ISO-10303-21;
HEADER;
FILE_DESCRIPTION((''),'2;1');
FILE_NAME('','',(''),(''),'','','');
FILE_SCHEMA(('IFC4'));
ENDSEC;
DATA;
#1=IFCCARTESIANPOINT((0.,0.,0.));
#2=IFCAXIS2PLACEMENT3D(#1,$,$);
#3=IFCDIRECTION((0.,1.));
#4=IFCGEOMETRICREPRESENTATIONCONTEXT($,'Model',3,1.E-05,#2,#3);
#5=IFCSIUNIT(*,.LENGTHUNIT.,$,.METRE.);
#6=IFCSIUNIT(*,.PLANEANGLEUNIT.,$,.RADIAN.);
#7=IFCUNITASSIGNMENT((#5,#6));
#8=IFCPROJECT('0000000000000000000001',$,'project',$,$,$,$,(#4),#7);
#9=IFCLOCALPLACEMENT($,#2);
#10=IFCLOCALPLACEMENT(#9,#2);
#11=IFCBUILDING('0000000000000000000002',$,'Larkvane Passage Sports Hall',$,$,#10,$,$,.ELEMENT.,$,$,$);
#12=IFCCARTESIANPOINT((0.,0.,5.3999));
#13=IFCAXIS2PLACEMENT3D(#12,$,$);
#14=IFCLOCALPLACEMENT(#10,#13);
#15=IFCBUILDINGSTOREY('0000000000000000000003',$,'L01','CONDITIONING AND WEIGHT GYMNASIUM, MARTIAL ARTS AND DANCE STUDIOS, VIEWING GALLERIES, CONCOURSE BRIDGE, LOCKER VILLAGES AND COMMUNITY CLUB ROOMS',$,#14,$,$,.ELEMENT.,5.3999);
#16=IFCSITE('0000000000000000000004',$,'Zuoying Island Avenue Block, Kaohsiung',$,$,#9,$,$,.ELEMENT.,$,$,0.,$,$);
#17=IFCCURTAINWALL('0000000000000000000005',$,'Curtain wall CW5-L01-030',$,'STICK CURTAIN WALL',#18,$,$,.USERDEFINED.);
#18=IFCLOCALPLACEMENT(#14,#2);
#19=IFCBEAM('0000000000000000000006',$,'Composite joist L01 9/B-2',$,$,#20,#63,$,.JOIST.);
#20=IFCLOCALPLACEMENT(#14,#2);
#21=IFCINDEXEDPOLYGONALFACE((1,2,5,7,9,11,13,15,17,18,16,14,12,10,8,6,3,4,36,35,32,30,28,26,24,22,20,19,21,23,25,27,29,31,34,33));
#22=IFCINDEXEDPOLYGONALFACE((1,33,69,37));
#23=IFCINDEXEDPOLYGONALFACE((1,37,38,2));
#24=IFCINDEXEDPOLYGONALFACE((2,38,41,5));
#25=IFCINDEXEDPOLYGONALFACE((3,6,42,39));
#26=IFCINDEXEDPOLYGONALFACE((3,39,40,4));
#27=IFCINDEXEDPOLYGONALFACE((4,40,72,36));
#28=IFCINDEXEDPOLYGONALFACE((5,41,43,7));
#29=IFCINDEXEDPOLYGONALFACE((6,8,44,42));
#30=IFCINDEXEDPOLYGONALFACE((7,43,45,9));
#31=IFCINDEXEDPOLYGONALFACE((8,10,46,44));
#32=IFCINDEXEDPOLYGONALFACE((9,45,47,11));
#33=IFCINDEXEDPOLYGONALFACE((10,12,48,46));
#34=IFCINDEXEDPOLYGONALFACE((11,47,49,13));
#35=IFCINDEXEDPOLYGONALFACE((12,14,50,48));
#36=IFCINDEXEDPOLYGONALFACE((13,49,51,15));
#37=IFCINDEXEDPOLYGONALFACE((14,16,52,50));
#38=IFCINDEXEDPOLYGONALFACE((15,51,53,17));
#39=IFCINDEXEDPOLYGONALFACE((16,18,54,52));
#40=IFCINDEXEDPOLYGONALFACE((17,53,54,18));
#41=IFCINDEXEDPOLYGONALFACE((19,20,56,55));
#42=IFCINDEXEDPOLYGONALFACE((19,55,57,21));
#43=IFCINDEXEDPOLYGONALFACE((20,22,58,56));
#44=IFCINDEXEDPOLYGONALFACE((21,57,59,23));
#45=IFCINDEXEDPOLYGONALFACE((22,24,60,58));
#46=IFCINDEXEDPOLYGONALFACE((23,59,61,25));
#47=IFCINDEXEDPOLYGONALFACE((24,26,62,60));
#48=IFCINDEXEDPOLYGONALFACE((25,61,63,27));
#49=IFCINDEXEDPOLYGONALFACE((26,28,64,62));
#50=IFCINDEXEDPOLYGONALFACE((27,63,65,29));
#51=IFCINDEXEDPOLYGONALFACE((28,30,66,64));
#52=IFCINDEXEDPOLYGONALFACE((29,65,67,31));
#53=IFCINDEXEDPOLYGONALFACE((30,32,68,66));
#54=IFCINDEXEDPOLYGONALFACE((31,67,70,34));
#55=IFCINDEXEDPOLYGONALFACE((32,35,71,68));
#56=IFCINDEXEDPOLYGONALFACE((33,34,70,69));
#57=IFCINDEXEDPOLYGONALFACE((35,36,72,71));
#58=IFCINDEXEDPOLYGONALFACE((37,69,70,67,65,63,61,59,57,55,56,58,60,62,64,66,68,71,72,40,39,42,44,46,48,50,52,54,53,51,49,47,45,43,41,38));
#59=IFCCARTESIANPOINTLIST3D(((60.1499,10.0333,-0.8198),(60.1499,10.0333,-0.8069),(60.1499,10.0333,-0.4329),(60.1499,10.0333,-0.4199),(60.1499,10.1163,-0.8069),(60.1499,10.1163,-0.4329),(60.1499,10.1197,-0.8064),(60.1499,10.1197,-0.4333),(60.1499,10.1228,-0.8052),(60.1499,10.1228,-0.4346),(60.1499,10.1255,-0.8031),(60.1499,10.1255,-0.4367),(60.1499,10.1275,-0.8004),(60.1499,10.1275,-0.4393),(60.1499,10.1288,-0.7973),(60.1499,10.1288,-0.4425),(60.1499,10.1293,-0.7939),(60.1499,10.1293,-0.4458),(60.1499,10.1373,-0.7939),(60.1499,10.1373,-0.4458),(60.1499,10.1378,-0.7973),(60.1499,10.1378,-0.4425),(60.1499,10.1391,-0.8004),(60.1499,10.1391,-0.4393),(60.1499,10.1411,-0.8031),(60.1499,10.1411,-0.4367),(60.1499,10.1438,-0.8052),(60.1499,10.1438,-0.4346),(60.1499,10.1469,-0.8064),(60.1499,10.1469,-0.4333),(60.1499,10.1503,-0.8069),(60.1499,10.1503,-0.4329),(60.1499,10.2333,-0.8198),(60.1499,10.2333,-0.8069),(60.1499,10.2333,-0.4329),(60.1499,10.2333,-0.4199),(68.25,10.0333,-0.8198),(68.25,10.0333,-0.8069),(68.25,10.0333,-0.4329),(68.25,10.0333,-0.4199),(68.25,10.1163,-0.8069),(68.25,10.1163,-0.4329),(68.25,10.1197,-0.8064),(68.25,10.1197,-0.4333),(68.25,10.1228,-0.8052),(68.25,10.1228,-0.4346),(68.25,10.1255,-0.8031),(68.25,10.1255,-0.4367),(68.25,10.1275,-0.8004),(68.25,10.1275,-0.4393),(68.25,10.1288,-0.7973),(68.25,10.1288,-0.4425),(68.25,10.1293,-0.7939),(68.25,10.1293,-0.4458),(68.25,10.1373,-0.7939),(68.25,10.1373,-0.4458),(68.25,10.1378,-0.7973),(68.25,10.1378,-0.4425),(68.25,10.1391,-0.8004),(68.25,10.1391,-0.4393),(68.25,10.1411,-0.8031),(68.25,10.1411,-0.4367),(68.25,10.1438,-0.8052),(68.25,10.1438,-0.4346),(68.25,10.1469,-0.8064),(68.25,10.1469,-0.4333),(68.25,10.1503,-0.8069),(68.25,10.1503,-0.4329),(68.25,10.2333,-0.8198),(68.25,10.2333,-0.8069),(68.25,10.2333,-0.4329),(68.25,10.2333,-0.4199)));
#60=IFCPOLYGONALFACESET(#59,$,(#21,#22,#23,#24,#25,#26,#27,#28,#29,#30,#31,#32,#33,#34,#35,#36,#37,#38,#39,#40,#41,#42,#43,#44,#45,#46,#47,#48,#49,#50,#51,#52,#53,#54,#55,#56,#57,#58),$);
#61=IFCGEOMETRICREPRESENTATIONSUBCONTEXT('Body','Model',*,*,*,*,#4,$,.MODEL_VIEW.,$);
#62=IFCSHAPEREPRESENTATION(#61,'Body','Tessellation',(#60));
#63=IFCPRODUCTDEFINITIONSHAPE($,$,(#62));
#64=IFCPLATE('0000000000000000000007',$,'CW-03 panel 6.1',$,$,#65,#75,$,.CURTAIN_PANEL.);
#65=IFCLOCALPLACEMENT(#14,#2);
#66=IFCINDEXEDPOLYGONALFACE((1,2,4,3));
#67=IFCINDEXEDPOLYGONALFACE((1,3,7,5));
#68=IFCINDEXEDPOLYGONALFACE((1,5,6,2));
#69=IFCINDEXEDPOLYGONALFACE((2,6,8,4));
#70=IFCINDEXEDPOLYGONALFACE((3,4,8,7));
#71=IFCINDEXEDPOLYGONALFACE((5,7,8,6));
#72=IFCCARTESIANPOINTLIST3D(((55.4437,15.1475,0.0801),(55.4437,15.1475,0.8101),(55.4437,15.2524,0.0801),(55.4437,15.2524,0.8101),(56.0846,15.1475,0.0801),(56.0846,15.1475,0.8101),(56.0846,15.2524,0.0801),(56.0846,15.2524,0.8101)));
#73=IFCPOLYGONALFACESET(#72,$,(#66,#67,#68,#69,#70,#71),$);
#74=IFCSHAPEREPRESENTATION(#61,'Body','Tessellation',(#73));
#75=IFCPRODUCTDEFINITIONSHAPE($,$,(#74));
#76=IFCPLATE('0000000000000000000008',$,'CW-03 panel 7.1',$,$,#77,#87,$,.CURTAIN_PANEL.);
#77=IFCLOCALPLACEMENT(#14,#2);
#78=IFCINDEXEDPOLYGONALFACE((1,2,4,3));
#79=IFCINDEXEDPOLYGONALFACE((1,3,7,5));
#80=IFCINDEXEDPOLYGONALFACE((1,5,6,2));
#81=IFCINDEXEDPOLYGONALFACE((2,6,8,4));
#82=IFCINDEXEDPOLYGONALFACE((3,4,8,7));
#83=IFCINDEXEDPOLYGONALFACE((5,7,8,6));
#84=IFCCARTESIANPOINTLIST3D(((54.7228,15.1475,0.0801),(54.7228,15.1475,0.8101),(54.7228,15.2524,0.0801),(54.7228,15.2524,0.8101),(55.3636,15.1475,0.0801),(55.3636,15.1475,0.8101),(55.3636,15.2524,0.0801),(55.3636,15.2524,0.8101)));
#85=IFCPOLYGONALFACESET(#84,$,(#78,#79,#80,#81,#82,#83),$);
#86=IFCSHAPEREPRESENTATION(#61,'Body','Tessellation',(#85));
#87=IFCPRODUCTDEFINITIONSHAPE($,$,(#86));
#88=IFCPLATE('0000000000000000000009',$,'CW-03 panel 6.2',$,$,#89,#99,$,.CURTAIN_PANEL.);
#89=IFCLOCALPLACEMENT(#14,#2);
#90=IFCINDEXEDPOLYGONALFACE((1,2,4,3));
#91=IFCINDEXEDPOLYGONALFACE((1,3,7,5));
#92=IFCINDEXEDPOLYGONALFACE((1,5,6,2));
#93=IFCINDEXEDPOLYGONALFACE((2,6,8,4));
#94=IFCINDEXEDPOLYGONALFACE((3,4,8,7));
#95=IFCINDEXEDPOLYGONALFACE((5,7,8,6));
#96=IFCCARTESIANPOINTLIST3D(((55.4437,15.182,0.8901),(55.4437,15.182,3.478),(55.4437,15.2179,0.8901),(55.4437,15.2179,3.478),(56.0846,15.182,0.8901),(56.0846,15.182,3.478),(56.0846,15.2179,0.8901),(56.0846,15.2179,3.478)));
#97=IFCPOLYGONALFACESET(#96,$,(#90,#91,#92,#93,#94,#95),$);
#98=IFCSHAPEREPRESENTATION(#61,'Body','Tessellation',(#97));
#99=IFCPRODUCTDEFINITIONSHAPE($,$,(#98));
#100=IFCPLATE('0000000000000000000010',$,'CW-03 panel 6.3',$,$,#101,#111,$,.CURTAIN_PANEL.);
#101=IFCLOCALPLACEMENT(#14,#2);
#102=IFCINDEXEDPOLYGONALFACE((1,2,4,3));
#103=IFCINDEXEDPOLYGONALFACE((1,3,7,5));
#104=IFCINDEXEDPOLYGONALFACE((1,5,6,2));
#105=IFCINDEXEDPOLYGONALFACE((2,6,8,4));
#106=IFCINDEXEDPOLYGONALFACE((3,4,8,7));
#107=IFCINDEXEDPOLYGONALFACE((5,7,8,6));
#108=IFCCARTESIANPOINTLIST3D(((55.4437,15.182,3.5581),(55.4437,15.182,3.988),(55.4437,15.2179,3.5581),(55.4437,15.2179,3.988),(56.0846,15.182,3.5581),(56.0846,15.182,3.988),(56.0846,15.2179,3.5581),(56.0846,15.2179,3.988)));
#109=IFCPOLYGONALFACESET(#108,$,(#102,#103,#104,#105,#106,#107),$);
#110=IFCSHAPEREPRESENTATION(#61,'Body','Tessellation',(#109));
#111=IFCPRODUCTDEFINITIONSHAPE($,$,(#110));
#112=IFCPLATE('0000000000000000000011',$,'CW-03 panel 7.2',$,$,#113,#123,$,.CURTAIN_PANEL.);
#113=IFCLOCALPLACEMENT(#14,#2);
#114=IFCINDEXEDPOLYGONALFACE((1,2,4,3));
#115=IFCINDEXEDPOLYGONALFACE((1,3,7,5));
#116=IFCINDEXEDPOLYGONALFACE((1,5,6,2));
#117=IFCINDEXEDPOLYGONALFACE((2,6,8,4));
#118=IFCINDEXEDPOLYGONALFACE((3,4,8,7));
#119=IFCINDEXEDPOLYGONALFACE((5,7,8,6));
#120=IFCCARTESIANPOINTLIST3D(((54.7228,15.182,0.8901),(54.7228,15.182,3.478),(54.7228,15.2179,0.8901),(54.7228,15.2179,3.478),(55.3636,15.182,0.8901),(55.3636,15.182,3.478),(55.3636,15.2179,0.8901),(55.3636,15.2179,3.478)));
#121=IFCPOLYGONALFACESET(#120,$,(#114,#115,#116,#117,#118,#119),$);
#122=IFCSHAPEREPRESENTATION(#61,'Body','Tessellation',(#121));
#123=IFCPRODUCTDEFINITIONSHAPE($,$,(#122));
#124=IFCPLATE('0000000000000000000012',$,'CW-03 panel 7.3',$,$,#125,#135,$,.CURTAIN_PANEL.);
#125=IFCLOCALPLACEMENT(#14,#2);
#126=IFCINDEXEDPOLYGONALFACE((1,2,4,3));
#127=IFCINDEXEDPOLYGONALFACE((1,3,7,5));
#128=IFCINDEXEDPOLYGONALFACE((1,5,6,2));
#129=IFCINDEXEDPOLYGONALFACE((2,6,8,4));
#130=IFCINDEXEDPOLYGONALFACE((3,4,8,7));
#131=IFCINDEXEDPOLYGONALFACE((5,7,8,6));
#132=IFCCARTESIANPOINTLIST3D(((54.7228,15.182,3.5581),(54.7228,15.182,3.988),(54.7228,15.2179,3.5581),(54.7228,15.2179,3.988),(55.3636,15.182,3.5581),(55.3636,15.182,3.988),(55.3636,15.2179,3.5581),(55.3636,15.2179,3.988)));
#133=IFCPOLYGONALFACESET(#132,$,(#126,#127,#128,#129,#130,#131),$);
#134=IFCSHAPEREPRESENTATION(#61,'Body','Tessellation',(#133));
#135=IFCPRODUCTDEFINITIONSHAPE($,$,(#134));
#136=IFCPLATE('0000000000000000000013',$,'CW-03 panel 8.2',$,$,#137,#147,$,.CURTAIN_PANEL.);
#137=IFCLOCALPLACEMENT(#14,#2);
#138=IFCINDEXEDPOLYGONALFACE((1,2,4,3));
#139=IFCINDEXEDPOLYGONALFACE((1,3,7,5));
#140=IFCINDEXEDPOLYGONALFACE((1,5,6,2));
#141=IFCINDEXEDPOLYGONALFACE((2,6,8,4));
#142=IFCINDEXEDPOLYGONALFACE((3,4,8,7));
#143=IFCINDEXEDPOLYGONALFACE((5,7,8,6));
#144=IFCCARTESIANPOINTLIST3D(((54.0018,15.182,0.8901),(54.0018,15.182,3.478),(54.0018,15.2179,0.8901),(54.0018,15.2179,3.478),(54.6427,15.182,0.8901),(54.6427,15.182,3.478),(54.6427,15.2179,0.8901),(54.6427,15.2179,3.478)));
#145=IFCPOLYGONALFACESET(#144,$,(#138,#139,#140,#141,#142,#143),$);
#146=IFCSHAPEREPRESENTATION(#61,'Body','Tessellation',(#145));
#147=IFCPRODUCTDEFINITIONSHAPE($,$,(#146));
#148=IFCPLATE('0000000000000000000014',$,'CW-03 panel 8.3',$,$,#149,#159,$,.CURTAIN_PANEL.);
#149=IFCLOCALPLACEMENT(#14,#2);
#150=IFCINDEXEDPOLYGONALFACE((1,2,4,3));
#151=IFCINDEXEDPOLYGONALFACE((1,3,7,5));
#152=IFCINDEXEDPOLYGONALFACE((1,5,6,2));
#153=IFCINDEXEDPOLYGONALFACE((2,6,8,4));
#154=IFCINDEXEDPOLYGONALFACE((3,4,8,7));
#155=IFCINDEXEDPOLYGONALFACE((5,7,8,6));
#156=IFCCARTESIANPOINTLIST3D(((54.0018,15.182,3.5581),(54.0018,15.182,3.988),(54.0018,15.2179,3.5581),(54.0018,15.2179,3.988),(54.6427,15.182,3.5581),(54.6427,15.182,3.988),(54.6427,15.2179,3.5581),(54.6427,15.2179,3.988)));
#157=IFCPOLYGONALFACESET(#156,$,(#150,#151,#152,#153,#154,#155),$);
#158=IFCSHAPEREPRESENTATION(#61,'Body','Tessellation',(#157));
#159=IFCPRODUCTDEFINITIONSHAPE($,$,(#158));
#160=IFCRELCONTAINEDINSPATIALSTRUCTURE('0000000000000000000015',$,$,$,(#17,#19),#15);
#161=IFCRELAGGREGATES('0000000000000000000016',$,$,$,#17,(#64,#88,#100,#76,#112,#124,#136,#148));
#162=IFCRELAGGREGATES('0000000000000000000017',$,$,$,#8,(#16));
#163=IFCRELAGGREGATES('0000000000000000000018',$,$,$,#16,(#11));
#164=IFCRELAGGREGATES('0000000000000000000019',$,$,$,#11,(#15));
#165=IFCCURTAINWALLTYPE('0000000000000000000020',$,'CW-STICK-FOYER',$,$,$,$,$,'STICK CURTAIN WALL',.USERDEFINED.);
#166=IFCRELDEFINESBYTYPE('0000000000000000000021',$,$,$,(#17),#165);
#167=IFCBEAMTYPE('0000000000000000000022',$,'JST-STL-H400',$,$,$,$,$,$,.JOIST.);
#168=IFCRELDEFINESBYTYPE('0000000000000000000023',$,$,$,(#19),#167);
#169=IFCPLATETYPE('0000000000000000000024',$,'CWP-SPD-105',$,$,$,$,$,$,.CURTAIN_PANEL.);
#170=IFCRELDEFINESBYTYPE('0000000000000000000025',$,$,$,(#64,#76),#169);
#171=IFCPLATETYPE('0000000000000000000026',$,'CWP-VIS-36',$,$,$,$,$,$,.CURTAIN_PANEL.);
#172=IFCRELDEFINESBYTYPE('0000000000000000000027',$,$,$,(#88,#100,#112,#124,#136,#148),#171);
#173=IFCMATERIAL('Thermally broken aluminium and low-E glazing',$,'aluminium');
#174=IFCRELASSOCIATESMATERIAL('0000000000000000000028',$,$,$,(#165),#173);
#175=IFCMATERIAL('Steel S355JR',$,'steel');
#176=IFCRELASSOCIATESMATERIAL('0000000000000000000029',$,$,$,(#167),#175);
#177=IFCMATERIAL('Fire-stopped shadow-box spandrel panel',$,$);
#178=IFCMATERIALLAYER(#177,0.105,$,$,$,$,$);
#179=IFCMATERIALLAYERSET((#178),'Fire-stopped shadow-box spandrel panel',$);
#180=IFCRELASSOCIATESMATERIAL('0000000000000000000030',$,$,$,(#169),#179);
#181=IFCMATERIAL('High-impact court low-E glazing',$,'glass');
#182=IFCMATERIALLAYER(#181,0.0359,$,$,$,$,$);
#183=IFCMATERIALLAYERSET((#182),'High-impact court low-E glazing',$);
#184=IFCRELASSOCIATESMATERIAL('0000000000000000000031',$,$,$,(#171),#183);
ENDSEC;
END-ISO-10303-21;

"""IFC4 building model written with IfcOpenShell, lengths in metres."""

from ifc_helpers import new_model, si_unit, direction, frame, origin, origin_2d, place, context, subcontext, project, spatial, rectangle, i_section, extrude, material, layer, layer_set, material_profile, profile_set, type_object, element, aggregate, save


model = new_model("IFC4")

# Units and contexts
model_context = context("Model", 3, precision=1e-05, world=origin(), true_north=direction((0.0, 1.0)))
body_context = subcontext(model_context, "Body", "Model", "MODEL_VIEW")
ifc_project = project(units=[si_unit("LENGTHUNIT", "METRE"), si_unit("PLANEANGLEUNIT", "RADIAN")], contexts=[model_context])

# Site, building, storey
site_placement = place(None, origin())
site = spatial("IfcSite", under=ifc_project, at=site_placement, Name="Zuoying Island Avenue Block, Kaohsiung", CompositionType="ELEMENT", RefElevation=0.0)
building_placement = place(site_placement, origin())
building = spatial("IfcBuilding", under=site, at=building_placement, Name="Larkvane Passage Sports Hall", CompositionType="ELEMENT")
storey_placement = place(building_placement, frame((0.0, 0.0, 5.3999)))
storey = spatial("IfcBuildingStorey", under=building, at=storey_placement, Name="L01", Description="CONDITIONING AND WEIGHT GYMNASIUM, MARTIAL ARTS AND DANCE STUDIOS, VIEWING GALLERIES, CONCOURSE BRIDGE, LOCKER VILLAGES AND COMMUNITY CLUB ROOMS", CompositionType="ELEMENT", Elevation=5.3999)

# Curtain wall
ifc_material_1 = material(Name="Thermally broken aluminium and low-E glazing", Category="aluminium")
curtain_wall_type = type_object("IfcCurtainWallType", Name="CW-STICK-FOYER", ElementType="STICK CURTAIN WALL", PredefinedType="USERDEFINED", material=ifc_material_1)
curtain_wall_placement = place(storey_placement, origin())
curtain_wall = element("IfcCurtainWall", 1, at=curtain_wall_placement, inside=storey, type_object=curtain_wall_type, Name="Curtain wall CW5-L01-030", ObjectType="STICK CURTAIN WALL", PredefinedType="USERDEFINED")

# Beam
ifc_material_2 = material(Name="Steel S355JR", Category="steel")
ifc_material_profile_1 = material_profile(ifc_material_2, i_section(OverallWidth=0.2, OverallDepth=0.3999, WebThickness=0.0081, FlangeThickness=0.0129, FilletRadius=0.0129, at=origin_2d()), Name="H-400x200x8x13")
ifc_profile_set_1 = profile_set([ifc_material_profile_1], Name="Steel S355JR")
beam_type_1 = type_object("IfcBeamType", Name="JST-STL-H400", PredefinedType="JOIST", material=ifc_profile_set_1)
beam_1_placement = place(storey_placement, frame((60.1499, 10.1333, -0.6199), z_axis=(1.0, 0.0, 0.0), x_axis=(0.0, 1.0, 0.0)))
element("IfcBeam", 2, at=beam_1_placement, inside=storey, type_object=beam_type_1, Name="Composite joist L01 9/B-2", PredefinedType="JOIST", context=body_context, shape_type="SweptSolid", body=[
    extrude(i_section(OverallWidth=0.2, OverallDepth=0.3999, WebThickness=0.0081, FlangeThickness=0.0129, FilletRadius=0.0129, at=origin_2d()), origin(), (0.0, 0.0, 1.0), 8.1001),
])

# Plates
ifc_material_3 = material(Name="Fire-stopped shadow-box spandrel panel")
ifc_layer_1 = layer(ifc_material_3, 0.105)
ifc_layer_set_1 = layer_set([ifc_layer_1], Name="Fire-stopped shadow-box spandrel panel")
plate_type_1 = type_object("IfcPlateType", Name="CWP-SPD-105", PredefinedType="CURTAIN_PANEL", material=ifc_layer_set_1)
plate_1_placement = place(storey_placement, frame((55.7642, 15.2, 0.0801), z_axis=(0.0, 0.0, 1.0), x_axis=(-1.0, 0.0, 0.0)))
plate_1 = element("IfcPlate", 3, at=plate_1_placement, type_object=plate_type_1, Name="CW-03 panel 6.1", PredefinedType="CURTAIN_PANEL", context=body_context, shape_type="SweptSolid", body=[
    extrude(rectangle(XDim=0.6409, YDim=0.105, at=origin_2d()), origin(), (0.0, 0.0, 1.0), 0.73),
])
plate_2_placement = place(storey_placement, frame((55.0432, 15.2, 0.0801), z_axis=(0.0, 0.0, 1.0), x_axis=(-1.0, 0.0, 0.0)))
plate_2 = element("IfcPlate", 4, at=plate_2_placement, type_object=plate_type_1, Name="CW-03 panel 7.1", PredefinedType="CURTAIN_PANEL", context=body_context, shape_type="SweptSolid", body=[
    extrude(rectangle(XDim=0.6409, YDim=0.105, at=origin_2d()), origin(), (0.0, 0.0, 1.0), 0.73),
])
ifc_material_4 = material(Name="High-impact court low-E glazing", Category="glass")
ifc_layer_2 = layer(ifc_material_4, 0.0359)
ifc_layer_set_2 = layer_set([ifc_layer_2], Name="High-impact court low-E glazing")
plate_type_2 = type_object("IfcPlateType", Name="CWP-VIS-36", PredefinedType="CURTAIN_PANEL", material=ifc_layer_set_2)
plate_3_placement = place(storey_placement, frame((55.7642, 15.2, 0.8901), z_axis=(0.0, 0.0, 1.0), x_axis=(-1.0, 0.0, 0.0)))
plate_3 = element("IfcPlate", 5, at=plate_3_placement, type_object=plate_type_2, Name="CW-03 panel 6.2", PredefinedType="CURTAIN_PANEL", context=body_context, shape_type="SweptSolid", body=[
    extrude(rectangle(XDim=0.6409, YDim=0.0359, at=origin_2d()), origin(), (0.0, 0.0, 1.0), 2.5879),
])
plate_4_placement = place(storey_placement, frame((55.7642, 15.2, 3.5581), z_axis=(0.0, 0.0, 1.0), x_axis=(-1.0, 0.0, 0.0)))
plate_4 = element("IfcPlate", 6, at=plate_4_placement, type_object=plate_type_2, Name="CW-03 panel 6.3", PredefinedType="CURTAIN_PANEL", context=body_context, shape_type="SweptSolid", body=[
    extrude(rectangle(XDim=0.6409, YDim=0.0359, at=origin_2d()), origin(), (0.0, 0.0, 1.0), 0.4299),
])
plate_5_placement = place(storey_placement, frame((55.0432, 15.2, 0.8901), z_axis=(0.0, 0.0, 1.0), x_axis=(-1.0, 0.0, 0.0)))
plate_5 = element("IfcPlate", 7, at=plate_5_placement, type_object=plate_type_2, Name="CW-03 panel 7.2", PredefinedType="CURTAIN_PANEL", context=body_context, shape_type="SweptSolid", body=[
    extrude(rectangle(XDim=0.6409, YDim=0.0359, at=origin_2d()), origin(), (0.0, 0.0, 1.0), 2.5879),
])
plate_6_placement = place(storey_placement, frame((55.0432, 15.2, 3.5581), z_axis=(0.0, 0.0, 1.0), x_axis=(-1.0, 0.0, 0.0)))
plate_6 = element("IfcPlate", 8, at=plate_6_placement, type_object=plate_type_2, Name="CW-03 panel 7.3", PredefinedType="CURTAIN_PANEL", context=body_context, shape_type="SweptSolid", body=[
    extrude(rectangle(XDim=0.6409, YDim=0.0359, at=origin_2d()), origin(), (0.0, 0.0, 1.0), 0.4299),
])
plate_7_placement = place(storey_placement, frame((54.3223, 15.2, 0.8901), z_axis=(0.0, 0.0, 1.0), x_axis=(-1.0, 0.0, 0.0)))
plate_7 = element("IfcPlate", 9, at=plate_7_placement, type_object=plate_type_2, Name="CW-03 panel 8.2", PredefinedType="CURTAIN_PANEL", context=body_context, shape_type="SweptSolid", body=[
    extrude(rectangle(XDim=0.6409, YDim=0.0359, at=origin_2d()), origin(), (0.0, 0.0, 1.0), 2.5879),
])
plate_8_placement = place(storey_placement, frame((54.3223, 15.2, 3.5581), z_axis=(0.0, 0.0, 1.0), x_axis=(-1.0, 0.0, 0.0)))
plate_8 = element("IfcPlate", 10, at=plate_8_placement, type_object=plate_type_2, Name="CW-03 panel 8.3", PredefinedType="CURTAIN_PANEL", context=body_context, shape_type="SweptSolid", body=[
    extrude(rectangle(XDim=0.6409, YDim=0.0359, at=origin_2d()), origin(), (0.0, 0.0, 1.0), 0.4299),
])
aggregate(curtain_wall, [plate_1, plate_3, plate_4, plate_2, plate_5, plate_6, plate_7, plate_8])

save(model, "model.ifc")
